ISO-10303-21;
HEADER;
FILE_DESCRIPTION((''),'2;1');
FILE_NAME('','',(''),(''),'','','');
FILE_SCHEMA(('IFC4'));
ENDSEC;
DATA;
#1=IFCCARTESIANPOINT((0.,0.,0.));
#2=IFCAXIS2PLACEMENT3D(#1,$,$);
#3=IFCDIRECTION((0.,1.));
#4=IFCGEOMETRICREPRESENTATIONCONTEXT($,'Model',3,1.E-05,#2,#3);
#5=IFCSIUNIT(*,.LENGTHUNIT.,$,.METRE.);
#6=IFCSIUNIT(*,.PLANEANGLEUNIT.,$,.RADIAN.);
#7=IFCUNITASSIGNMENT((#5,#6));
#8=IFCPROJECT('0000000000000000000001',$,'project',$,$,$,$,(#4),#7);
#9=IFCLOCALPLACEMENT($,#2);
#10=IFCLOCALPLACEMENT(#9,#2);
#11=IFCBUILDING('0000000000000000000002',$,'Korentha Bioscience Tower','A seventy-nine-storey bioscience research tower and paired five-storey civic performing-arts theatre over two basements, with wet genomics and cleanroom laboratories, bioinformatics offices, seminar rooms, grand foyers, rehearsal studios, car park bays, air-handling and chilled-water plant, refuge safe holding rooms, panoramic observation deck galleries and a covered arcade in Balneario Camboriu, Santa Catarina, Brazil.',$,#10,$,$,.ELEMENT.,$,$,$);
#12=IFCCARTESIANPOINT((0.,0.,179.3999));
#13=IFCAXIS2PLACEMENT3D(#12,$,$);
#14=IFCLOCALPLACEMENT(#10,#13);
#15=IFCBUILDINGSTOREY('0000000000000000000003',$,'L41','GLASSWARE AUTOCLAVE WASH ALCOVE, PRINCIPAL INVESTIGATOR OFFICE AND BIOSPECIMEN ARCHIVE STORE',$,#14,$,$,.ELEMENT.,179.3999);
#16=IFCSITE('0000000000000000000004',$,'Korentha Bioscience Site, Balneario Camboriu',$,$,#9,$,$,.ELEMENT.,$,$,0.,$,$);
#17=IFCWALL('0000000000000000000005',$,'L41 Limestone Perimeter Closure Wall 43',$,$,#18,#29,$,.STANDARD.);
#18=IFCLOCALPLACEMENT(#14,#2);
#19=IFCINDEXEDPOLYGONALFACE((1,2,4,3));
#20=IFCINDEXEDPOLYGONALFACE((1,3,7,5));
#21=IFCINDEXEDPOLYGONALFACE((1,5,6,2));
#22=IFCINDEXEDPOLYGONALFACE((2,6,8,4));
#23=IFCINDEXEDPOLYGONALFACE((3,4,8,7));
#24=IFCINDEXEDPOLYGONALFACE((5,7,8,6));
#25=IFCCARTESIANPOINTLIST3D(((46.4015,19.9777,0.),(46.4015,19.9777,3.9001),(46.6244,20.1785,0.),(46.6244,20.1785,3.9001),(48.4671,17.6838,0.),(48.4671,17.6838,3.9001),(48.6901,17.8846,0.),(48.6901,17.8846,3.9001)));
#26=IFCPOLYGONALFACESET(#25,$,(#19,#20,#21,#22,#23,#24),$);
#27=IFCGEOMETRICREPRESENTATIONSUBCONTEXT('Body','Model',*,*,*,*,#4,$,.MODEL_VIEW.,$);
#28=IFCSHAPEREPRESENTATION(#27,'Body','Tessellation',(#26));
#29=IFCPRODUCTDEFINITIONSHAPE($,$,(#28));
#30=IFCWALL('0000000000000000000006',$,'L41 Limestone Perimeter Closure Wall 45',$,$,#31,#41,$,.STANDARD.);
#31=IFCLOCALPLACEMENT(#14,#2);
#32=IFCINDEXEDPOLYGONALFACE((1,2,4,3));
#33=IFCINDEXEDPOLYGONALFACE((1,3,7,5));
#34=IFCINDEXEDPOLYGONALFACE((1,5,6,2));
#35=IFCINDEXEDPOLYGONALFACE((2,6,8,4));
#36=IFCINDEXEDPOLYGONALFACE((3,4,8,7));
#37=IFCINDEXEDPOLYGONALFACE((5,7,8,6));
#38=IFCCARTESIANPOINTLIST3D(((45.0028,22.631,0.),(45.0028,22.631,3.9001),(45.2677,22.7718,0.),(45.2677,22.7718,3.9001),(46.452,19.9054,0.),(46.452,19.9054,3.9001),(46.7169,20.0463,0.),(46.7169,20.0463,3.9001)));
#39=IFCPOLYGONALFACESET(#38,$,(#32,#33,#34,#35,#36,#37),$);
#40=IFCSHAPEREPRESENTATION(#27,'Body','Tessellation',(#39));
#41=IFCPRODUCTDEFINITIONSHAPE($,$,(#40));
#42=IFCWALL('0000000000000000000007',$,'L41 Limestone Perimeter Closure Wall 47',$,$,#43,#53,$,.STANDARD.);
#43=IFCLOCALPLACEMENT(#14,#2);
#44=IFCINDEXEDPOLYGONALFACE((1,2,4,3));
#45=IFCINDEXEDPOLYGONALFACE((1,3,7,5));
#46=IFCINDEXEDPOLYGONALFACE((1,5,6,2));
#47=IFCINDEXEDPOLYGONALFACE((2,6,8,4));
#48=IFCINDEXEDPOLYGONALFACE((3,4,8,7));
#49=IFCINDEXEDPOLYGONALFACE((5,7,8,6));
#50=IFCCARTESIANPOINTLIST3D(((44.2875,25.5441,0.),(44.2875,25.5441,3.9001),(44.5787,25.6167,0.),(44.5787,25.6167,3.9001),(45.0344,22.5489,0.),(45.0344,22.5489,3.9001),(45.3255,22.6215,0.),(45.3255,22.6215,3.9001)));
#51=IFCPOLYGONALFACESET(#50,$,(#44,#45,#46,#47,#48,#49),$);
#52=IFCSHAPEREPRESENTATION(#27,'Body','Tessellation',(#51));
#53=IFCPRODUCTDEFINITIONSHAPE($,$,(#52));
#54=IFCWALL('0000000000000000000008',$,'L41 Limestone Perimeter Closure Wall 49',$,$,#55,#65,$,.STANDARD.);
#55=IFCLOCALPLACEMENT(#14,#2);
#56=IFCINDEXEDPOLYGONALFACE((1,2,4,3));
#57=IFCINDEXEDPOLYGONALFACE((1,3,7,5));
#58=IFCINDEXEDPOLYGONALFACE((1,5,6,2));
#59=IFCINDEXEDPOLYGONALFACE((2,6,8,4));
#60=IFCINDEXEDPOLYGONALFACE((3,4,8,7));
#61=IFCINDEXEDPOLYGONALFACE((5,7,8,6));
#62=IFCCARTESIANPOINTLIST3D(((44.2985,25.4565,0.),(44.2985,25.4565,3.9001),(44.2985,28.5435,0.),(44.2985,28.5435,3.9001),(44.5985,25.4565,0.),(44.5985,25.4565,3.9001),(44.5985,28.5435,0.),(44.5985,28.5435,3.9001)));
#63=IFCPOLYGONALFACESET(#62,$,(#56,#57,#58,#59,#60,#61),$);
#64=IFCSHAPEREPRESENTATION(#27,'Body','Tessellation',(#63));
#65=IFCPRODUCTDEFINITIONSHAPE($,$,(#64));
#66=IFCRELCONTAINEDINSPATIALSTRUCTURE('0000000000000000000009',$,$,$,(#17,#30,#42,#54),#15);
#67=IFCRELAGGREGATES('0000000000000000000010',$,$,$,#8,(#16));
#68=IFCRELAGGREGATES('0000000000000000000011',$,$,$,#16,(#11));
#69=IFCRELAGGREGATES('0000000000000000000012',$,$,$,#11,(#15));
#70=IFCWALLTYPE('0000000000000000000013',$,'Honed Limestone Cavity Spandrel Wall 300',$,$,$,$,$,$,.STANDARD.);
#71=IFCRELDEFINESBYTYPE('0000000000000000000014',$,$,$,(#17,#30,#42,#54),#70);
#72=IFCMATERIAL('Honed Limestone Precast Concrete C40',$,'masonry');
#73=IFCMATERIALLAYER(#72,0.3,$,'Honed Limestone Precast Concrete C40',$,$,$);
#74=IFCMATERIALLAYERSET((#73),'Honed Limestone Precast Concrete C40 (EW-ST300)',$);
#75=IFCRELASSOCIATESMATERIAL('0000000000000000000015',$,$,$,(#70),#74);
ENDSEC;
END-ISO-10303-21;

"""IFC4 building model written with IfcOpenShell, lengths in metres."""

from ifc_helpers import new_model, si_unit, direction, frame, frame_2d, origin, place, context, subcontext, project, spatial, rectangle, extrude, material, layer, layer_set, type_object, element, save


model = new_model("IFC4")

# Units and contexts
model_context = context("Model", 3, precision=1e-05, world=origin(), true_north=direction((0.0, 1.0)))
body_context = subcontext(model_context, "Body", "Model", "MODEL_VIEW")
ifc_project = project(units=[si_unit("LENGTHUNIT", "METRE"), si_unit("PLANEANGLEUNIT", "RADIAN")], contexts=[model_context])

# Site, building, storey
site_placement = place(None, origin())
site = spatial("IfcSite", under=ifc_project, at=site_placement, Name="Korentha Bioscience Site, Balneario Camboriu", CompositionType="ELEMENT", RefElevation=0.0)
building_placement = place(site_placement, origin())
building = spatial("IfcBuilding", under=site, at=building_placement, Name="Korentha Bioscience Tower", Description="A seventy-nine-storey bioscience research tower and paired five-storey civic performing-arts theatre over two basements, with wet genomics and cleanroom laboratories, bioinformatics offices, seminar rooms, grand foyers, rehearsal studios, car park bays, air-handling and chilled-water plant, refuge safe holding rooms, panoramic observation deck galleries and a covered arcade in Balneario Camboriu, Santa Catarina, Brazil.", CompositionType="ELEMENT")
storey_placement = place(building_placement, frame((0.0, 0.0, 179.3999)))
storey = spatial("IfcBuildingStorey", under=building, at=storey_placement, Name="L41", Description="GLASSWARE AUTOCLAVE WASH ALCOVE, PRINCIPAL INVESTIGATOR OFFICE AND BIOSPECIMEN ARCHIVE STORE", CompositionType="ELEMENT", Elevation=179.3999)

# Walls
ifc_material_1 = material(Name="Honed Limestone Precast Concrete C40", Category="masonry")
ifc_layer_1 = layer(ifc_material_1, 0.3, Name="Honed Limestone Precast Concrete C40")
ifc_layer_set_1 = layer_set([ifc_layer_1], Name="Honed Limestone Precast Concrete C40 (EW-ST300)")
wall_type_1 = type_object("IfcWallType", Name="Honed Limestone Cavity Spandrel Wall 300", PredefinedType="STANDARD", material=ifc_layer_set_1)
for number, where, z_axis, x_axis, name in (
    (1, (48.5786, 17.7842, 0.0), (0.0, 0.0, 1.0), (-0.669166, 0.743113, 0.0), "L41 Limestone Perimeter Closure Wall 43"),
    (2, (46.5845, 19.9758, 0.0), (0.0, 0.0, 1.0), (-0.469471, 0.882948, 0.0), "L41 Limestone Perimeter Closure Wall 45"),
    (3, (45.1799, 22.5852, 0.0), (0.0, 0.0, 1.0), (-0.24194, 0.970291, 0.0), "L41 Limestone Perimeter Closure Wall 47"),
    (4, (44.4485, 25.4565, 0.0), (0.0, 0.0, 1.0), (0.0, 1.0, 0.0), "L41 Limestone Perimeter Closure Wall 49"),
):
    element("IfcWall", number, at=place(storey_placement, frame(where, z_axis=z_axis, x_axis=x_axis)), inside=storey, type_object=wall_type_1, Name=name, PredefinedType="STANDARD", context=body_context, shape_type="SweptSolid", body=[
        extrude(rectangle(XDim=3.0869, YDim=0.3, at=frame_2d((1.5435, 0.0))), origin(), (0.0, 0.0, 1.0), 3.9001),
    ])

save(model, "model.ifc")
